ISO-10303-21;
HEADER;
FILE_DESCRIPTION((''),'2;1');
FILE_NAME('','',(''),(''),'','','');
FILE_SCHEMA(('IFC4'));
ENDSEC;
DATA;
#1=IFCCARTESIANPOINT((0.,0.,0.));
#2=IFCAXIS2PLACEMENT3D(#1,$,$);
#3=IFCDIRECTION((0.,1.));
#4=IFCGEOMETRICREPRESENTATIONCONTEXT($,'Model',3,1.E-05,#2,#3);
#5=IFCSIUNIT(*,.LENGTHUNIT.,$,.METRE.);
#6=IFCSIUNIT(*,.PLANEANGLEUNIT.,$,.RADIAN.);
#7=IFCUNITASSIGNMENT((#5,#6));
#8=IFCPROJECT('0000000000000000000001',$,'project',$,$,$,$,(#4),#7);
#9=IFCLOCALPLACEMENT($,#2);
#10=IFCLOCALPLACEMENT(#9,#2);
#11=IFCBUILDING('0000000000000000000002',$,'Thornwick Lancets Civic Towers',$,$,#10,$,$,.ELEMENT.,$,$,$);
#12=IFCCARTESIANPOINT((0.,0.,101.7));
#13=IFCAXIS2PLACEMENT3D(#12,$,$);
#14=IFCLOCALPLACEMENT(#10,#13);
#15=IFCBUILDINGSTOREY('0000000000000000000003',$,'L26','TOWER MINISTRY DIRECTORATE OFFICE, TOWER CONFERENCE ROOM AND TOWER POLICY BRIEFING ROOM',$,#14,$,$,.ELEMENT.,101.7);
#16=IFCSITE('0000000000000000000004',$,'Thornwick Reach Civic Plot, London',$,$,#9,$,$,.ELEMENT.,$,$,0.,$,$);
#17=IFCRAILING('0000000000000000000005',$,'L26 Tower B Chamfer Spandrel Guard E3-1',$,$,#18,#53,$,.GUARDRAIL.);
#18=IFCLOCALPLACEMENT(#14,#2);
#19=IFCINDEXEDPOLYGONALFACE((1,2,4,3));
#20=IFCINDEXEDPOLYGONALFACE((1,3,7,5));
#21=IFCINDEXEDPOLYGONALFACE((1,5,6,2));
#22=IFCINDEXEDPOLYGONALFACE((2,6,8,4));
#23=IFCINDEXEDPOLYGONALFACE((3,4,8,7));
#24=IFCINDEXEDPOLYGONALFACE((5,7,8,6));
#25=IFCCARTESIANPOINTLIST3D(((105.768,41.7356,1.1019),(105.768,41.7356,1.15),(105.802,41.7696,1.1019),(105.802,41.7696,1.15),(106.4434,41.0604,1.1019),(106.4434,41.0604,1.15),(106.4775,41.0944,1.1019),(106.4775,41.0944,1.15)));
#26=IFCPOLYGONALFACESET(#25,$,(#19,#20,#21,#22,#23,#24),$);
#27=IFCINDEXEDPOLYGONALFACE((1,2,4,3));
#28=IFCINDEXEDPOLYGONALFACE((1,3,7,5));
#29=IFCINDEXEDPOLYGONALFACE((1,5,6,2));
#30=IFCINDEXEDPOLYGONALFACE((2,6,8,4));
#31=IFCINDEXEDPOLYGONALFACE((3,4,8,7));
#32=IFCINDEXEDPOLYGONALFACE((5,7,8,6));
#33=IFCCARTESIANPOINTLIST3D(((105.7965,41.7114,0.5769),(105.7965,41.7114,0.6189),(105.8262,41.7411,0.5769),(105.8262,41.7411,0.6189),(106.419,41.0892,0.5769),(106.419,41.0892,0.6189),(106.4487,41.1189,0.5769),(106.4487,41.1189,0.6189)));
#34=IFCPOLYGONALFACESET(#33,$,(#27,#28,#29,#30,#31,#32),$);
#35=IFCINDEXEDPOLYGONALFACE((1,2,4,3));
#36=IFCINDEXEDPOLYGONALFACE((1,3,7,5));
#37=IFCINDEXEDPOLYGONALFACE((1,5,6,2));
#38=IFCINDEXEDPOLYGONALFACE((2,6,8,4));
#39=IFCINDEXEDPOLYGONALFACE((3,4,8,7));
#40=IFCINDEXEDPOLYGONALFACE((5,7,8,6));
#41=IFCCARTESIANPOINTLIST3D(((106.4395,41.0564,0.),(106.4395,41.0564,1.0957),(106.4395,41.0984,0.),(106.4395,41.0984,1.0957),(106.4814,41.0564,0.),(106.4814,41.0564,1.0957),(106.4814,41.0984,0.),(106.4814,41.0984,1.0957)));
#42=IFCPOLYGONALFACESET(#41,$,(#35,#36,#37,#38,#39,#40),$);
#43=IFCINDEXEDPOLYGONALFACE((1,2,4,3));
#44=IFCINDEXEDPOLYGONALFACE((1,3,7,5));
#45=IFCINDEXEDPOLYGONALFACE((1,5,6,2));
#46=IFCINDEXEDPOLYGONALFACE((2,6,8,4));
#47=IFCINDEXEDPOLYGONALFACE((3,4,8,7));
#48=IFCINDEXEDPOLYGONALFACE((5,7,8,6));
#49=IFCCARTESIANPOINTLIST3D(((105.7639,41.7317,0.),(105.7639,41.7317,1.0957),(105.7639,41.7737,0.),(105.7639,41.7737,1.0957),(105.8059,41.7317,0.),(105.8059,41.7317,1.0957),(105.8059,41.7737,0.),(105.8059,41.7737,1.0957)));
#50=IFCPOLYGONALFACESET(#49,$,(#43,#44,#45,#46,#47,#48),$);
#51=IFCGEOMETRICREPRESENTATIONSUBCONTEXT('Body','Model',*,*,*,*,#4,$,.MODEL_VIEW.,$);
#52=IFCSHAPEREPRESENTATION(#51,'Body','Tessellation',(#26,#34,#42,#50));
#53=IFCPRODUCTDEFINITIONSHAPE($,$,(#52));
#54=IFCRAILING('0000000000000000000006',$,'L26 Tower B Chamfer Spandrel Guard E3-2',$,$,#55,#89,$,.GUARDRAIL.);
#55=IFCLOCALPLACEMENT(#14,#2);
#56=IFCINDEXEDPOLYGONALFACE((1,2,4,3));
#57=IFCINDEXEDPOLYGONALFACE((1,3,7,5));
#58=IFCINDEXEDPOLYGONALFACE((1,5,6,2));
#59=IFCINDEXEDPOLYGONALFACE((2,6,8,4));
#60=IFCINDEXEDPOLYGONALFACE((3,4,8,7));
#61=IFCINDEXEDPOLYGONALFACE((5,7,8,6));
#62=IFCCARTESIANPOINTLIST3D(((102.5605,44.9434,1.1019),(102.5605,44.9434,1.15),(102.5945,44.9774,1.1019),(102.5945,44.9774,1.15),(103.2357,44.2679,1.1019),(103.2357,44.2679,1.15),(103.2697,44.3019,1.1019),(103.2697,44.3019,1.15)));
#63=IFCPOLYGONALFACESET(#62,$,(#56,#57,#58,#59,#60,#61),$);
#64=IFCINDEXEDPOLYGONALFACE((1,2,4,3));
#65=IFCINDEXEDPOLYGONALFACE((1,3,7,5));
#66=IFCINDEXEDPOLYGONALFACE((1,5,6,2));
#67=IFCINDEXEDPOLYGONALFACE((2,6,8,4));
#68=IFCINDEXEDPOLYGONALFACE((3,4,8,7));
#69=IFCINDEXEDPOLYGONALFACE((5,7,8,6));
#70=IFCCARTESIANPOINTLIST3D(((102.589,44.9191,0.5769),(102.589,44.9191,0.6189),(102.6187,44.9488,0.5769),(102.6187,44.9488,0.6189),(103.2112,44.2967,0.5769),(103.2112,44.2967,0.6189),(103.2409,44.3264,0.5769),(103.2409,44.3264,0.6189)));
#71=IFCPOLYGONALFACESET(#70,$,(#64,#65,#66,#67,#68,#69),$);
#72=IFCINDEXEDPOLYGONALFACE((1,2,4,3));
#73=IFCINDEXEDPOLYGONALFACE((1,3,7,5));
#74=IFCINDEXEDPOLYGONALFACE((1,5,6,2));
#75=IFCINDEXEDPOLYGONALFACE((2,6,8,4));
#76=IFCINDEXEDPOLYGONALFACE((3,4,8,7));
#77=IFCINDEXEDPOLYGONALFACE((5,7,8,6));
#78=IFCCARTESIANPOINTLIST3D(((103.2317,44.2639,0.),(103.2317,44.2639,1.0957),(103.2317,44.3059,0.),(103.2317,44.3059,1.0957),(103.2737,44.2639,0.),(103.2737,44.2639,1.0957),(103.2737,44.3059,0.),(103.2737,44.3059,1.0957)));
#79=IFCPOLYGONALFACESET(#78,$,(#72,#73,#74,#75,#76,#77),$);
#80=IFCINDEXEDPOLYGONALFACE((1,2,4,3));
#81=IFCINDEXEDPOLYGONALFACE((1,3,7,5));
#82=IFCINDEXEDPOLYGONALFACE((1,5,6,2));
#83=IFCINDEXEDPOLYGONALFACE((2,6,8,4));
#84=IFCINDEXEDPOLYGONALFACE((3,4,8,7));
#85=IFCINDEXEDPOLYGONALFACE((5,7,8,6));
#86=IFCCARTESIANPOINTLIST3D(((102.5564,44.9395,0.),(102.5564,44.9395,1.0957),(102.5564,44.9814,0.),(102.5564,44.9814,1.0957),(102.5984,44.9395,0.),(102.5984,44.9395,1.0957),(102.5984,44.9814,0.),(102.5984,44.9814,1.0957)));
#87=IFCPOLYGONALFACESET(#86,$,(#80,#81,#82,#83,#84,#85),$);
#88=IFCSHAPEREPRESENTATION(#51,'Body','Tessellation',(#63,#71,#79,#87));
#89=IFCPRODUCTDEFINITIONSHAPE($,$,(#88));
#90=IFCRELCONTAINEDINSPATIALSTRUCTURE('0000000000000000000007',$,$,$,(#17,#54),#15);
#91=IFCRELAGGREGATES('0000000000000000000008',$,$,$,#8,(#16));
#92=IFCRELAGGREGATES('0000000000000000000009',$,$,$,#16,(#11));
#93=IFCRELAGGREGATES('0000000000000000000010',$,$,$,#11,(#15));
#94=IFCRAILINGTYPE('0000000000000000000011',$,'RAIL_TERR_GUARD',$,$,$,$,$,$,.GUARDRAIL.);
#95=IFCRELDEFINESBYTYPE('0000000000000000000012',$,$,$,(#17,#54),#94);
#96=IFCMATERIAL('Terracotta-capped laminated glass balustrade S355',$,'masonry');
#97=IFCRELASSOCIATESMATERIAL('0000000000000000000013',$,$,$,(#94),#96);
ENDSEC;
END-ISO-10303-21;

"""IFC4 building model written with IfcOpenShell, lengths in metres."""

from ifc_helpers import new_model, si_unit, direction, frame, origin, origin_2d, place, context, subcontext, project, spatial, rectangle, extrude, material, type_object, element, save


model = new_model("IFC4")

# Units and contexts
model_context = context("Model", 3, precision=1e-05, world=origin(), true_north=direction((0.0, 1.0)))
body_context = subcontext(model_context, "Body", "Model", "MODEL_VIEW")
ifc_project = project(units=[si_unit("LENGTHUNIT", "METRE"), si_unit("PLANEANGLEUNIT", "RADIAN")], contexts=[model_context])

# Site, building, storey
site_placement = place(None, origin())
site = spatial("IfcSite", under=ifc_project, at=site_placement, Name="Thornwick Reach Civic Plot, London", CompositionType="ELEMENT", RefElevation=0.0)
building_placement = place(site_placement, origin())
building = spatial("IfcBuilding", under=site, at=building_placement, Name="Thornwick Lancets Civic Towers", CompositionType="ELEMENT")
storey_placement = place(building_placement, frame((0.0, 0.0, 101.7)))
storey = spatial("IfcBuildingStorey", under=building, at=storey_placement, Name="L26", Description="TOWER MINISTRY DIRECTORATE OFFICE, TOWER CONFERENCE ROOM AND TOWER POLICY BRIEFING ROOM", CompositionType="ELEMENT", Elevation=101.7)

# Railings
ifc_material_1 = material(Name="Terracotta-capped laminated glass balustrade S355", Category="masonry")
railing_type = type_object("IfcRailingType", Name="RAIL_TERR_GUARD", PredefinedType="GUARDRAIL", material=ifc_material_1)
railing_1_placement = place(storey_placement, frame((106.4604, 41.0774, 0.0)))
element("IfcRailing", 1, at=railing_1_placement, inside=storey, type_object=railing_type, Name="L26 Tower B Chamfer Spandrel Guard E3-1", PredefinedType="GUARDRAIL", context=body_context, shape_type="SweptSolid", body=[
    extrude(rectangle(XDim=0.0481, YDim=0.0481, at=origin_2d()), frame((0.0, 0.0, 1.126), z_axis=(-0.707235, 0.706979, 0.0), x_axis=(-0.706979, -0.707235, 0.0)), (0.0, 0.0, 1.0), 0.9551),
    extrude(rectangle(XDim=0.042, YDim=0.042, at=origin_2d()), frame((-0.0266, 0.0266, 0.5979), z_axis=(-0.707235, 0.706979, 0.0), x_axis=(-0.706979, -0.707235, 0.0)), (0.0, 0.0, 1.0), 0.8801),
    extrude(rectangle(XDim=0.042, YDim=0.042, at=origin_2d()), origin(), (0.0, 0.0, 1.0), 1.0957),
    extrude(rectangle(XDim=0.042, YDim=0.042, at=origin_2d()), frame((-0.6755, 0.6753, 0.0)), (0.0, 0.0, 1.0), 1.0957),
])
railing_2_placement = place(storey_placement, frame((103.2527, 44.2849, 0.0)))
element("IfcRailing", 2, at=railing_2_placement, inside=storey, type_object=railing_type, Name="L26 Tower B Chamfer Spandrel Guard E3-2", PredefinedType="GUARDRAIL", context=body_context, shape_type="SweptSolid", body=[
    extrude(rectangle(XDim=0.0481, YDim=0.0481, at=origin_2d()), frame((0.0, 0.0, 1.126), z_axis=(-0.706979, 0.707235, 0.0), x_axis=(-0.707235, -0.706979, 0.0)), (0.0, 0.0, 1.0), 0.9551),
    extrude(rectangle(XDim=0.042, YDim=0.042, at=origin_2d()), frame((-0.0266, 0.0266, 0.5979), z_axis=(-0.706979, 0.707235, 0.0), x_axis=(-0.707235, -0.706979, 0.0)), (0.0, 0.0, 1.0), 0.8801),
    extrude(rectangle(XDim=0.042, YDim=0.042, at=origin_2d()), origin(), (0.0, 0.0, 1.0), 1.0957),
    extrude(rectangle(XDim=0.042, YDim=0.042, at=origin_2d()), frame((-0.6753, 0.6755, 0.0)), (0.0, 0.0, 1.0), 1.0957),
])

save(model, "model.ifc")
